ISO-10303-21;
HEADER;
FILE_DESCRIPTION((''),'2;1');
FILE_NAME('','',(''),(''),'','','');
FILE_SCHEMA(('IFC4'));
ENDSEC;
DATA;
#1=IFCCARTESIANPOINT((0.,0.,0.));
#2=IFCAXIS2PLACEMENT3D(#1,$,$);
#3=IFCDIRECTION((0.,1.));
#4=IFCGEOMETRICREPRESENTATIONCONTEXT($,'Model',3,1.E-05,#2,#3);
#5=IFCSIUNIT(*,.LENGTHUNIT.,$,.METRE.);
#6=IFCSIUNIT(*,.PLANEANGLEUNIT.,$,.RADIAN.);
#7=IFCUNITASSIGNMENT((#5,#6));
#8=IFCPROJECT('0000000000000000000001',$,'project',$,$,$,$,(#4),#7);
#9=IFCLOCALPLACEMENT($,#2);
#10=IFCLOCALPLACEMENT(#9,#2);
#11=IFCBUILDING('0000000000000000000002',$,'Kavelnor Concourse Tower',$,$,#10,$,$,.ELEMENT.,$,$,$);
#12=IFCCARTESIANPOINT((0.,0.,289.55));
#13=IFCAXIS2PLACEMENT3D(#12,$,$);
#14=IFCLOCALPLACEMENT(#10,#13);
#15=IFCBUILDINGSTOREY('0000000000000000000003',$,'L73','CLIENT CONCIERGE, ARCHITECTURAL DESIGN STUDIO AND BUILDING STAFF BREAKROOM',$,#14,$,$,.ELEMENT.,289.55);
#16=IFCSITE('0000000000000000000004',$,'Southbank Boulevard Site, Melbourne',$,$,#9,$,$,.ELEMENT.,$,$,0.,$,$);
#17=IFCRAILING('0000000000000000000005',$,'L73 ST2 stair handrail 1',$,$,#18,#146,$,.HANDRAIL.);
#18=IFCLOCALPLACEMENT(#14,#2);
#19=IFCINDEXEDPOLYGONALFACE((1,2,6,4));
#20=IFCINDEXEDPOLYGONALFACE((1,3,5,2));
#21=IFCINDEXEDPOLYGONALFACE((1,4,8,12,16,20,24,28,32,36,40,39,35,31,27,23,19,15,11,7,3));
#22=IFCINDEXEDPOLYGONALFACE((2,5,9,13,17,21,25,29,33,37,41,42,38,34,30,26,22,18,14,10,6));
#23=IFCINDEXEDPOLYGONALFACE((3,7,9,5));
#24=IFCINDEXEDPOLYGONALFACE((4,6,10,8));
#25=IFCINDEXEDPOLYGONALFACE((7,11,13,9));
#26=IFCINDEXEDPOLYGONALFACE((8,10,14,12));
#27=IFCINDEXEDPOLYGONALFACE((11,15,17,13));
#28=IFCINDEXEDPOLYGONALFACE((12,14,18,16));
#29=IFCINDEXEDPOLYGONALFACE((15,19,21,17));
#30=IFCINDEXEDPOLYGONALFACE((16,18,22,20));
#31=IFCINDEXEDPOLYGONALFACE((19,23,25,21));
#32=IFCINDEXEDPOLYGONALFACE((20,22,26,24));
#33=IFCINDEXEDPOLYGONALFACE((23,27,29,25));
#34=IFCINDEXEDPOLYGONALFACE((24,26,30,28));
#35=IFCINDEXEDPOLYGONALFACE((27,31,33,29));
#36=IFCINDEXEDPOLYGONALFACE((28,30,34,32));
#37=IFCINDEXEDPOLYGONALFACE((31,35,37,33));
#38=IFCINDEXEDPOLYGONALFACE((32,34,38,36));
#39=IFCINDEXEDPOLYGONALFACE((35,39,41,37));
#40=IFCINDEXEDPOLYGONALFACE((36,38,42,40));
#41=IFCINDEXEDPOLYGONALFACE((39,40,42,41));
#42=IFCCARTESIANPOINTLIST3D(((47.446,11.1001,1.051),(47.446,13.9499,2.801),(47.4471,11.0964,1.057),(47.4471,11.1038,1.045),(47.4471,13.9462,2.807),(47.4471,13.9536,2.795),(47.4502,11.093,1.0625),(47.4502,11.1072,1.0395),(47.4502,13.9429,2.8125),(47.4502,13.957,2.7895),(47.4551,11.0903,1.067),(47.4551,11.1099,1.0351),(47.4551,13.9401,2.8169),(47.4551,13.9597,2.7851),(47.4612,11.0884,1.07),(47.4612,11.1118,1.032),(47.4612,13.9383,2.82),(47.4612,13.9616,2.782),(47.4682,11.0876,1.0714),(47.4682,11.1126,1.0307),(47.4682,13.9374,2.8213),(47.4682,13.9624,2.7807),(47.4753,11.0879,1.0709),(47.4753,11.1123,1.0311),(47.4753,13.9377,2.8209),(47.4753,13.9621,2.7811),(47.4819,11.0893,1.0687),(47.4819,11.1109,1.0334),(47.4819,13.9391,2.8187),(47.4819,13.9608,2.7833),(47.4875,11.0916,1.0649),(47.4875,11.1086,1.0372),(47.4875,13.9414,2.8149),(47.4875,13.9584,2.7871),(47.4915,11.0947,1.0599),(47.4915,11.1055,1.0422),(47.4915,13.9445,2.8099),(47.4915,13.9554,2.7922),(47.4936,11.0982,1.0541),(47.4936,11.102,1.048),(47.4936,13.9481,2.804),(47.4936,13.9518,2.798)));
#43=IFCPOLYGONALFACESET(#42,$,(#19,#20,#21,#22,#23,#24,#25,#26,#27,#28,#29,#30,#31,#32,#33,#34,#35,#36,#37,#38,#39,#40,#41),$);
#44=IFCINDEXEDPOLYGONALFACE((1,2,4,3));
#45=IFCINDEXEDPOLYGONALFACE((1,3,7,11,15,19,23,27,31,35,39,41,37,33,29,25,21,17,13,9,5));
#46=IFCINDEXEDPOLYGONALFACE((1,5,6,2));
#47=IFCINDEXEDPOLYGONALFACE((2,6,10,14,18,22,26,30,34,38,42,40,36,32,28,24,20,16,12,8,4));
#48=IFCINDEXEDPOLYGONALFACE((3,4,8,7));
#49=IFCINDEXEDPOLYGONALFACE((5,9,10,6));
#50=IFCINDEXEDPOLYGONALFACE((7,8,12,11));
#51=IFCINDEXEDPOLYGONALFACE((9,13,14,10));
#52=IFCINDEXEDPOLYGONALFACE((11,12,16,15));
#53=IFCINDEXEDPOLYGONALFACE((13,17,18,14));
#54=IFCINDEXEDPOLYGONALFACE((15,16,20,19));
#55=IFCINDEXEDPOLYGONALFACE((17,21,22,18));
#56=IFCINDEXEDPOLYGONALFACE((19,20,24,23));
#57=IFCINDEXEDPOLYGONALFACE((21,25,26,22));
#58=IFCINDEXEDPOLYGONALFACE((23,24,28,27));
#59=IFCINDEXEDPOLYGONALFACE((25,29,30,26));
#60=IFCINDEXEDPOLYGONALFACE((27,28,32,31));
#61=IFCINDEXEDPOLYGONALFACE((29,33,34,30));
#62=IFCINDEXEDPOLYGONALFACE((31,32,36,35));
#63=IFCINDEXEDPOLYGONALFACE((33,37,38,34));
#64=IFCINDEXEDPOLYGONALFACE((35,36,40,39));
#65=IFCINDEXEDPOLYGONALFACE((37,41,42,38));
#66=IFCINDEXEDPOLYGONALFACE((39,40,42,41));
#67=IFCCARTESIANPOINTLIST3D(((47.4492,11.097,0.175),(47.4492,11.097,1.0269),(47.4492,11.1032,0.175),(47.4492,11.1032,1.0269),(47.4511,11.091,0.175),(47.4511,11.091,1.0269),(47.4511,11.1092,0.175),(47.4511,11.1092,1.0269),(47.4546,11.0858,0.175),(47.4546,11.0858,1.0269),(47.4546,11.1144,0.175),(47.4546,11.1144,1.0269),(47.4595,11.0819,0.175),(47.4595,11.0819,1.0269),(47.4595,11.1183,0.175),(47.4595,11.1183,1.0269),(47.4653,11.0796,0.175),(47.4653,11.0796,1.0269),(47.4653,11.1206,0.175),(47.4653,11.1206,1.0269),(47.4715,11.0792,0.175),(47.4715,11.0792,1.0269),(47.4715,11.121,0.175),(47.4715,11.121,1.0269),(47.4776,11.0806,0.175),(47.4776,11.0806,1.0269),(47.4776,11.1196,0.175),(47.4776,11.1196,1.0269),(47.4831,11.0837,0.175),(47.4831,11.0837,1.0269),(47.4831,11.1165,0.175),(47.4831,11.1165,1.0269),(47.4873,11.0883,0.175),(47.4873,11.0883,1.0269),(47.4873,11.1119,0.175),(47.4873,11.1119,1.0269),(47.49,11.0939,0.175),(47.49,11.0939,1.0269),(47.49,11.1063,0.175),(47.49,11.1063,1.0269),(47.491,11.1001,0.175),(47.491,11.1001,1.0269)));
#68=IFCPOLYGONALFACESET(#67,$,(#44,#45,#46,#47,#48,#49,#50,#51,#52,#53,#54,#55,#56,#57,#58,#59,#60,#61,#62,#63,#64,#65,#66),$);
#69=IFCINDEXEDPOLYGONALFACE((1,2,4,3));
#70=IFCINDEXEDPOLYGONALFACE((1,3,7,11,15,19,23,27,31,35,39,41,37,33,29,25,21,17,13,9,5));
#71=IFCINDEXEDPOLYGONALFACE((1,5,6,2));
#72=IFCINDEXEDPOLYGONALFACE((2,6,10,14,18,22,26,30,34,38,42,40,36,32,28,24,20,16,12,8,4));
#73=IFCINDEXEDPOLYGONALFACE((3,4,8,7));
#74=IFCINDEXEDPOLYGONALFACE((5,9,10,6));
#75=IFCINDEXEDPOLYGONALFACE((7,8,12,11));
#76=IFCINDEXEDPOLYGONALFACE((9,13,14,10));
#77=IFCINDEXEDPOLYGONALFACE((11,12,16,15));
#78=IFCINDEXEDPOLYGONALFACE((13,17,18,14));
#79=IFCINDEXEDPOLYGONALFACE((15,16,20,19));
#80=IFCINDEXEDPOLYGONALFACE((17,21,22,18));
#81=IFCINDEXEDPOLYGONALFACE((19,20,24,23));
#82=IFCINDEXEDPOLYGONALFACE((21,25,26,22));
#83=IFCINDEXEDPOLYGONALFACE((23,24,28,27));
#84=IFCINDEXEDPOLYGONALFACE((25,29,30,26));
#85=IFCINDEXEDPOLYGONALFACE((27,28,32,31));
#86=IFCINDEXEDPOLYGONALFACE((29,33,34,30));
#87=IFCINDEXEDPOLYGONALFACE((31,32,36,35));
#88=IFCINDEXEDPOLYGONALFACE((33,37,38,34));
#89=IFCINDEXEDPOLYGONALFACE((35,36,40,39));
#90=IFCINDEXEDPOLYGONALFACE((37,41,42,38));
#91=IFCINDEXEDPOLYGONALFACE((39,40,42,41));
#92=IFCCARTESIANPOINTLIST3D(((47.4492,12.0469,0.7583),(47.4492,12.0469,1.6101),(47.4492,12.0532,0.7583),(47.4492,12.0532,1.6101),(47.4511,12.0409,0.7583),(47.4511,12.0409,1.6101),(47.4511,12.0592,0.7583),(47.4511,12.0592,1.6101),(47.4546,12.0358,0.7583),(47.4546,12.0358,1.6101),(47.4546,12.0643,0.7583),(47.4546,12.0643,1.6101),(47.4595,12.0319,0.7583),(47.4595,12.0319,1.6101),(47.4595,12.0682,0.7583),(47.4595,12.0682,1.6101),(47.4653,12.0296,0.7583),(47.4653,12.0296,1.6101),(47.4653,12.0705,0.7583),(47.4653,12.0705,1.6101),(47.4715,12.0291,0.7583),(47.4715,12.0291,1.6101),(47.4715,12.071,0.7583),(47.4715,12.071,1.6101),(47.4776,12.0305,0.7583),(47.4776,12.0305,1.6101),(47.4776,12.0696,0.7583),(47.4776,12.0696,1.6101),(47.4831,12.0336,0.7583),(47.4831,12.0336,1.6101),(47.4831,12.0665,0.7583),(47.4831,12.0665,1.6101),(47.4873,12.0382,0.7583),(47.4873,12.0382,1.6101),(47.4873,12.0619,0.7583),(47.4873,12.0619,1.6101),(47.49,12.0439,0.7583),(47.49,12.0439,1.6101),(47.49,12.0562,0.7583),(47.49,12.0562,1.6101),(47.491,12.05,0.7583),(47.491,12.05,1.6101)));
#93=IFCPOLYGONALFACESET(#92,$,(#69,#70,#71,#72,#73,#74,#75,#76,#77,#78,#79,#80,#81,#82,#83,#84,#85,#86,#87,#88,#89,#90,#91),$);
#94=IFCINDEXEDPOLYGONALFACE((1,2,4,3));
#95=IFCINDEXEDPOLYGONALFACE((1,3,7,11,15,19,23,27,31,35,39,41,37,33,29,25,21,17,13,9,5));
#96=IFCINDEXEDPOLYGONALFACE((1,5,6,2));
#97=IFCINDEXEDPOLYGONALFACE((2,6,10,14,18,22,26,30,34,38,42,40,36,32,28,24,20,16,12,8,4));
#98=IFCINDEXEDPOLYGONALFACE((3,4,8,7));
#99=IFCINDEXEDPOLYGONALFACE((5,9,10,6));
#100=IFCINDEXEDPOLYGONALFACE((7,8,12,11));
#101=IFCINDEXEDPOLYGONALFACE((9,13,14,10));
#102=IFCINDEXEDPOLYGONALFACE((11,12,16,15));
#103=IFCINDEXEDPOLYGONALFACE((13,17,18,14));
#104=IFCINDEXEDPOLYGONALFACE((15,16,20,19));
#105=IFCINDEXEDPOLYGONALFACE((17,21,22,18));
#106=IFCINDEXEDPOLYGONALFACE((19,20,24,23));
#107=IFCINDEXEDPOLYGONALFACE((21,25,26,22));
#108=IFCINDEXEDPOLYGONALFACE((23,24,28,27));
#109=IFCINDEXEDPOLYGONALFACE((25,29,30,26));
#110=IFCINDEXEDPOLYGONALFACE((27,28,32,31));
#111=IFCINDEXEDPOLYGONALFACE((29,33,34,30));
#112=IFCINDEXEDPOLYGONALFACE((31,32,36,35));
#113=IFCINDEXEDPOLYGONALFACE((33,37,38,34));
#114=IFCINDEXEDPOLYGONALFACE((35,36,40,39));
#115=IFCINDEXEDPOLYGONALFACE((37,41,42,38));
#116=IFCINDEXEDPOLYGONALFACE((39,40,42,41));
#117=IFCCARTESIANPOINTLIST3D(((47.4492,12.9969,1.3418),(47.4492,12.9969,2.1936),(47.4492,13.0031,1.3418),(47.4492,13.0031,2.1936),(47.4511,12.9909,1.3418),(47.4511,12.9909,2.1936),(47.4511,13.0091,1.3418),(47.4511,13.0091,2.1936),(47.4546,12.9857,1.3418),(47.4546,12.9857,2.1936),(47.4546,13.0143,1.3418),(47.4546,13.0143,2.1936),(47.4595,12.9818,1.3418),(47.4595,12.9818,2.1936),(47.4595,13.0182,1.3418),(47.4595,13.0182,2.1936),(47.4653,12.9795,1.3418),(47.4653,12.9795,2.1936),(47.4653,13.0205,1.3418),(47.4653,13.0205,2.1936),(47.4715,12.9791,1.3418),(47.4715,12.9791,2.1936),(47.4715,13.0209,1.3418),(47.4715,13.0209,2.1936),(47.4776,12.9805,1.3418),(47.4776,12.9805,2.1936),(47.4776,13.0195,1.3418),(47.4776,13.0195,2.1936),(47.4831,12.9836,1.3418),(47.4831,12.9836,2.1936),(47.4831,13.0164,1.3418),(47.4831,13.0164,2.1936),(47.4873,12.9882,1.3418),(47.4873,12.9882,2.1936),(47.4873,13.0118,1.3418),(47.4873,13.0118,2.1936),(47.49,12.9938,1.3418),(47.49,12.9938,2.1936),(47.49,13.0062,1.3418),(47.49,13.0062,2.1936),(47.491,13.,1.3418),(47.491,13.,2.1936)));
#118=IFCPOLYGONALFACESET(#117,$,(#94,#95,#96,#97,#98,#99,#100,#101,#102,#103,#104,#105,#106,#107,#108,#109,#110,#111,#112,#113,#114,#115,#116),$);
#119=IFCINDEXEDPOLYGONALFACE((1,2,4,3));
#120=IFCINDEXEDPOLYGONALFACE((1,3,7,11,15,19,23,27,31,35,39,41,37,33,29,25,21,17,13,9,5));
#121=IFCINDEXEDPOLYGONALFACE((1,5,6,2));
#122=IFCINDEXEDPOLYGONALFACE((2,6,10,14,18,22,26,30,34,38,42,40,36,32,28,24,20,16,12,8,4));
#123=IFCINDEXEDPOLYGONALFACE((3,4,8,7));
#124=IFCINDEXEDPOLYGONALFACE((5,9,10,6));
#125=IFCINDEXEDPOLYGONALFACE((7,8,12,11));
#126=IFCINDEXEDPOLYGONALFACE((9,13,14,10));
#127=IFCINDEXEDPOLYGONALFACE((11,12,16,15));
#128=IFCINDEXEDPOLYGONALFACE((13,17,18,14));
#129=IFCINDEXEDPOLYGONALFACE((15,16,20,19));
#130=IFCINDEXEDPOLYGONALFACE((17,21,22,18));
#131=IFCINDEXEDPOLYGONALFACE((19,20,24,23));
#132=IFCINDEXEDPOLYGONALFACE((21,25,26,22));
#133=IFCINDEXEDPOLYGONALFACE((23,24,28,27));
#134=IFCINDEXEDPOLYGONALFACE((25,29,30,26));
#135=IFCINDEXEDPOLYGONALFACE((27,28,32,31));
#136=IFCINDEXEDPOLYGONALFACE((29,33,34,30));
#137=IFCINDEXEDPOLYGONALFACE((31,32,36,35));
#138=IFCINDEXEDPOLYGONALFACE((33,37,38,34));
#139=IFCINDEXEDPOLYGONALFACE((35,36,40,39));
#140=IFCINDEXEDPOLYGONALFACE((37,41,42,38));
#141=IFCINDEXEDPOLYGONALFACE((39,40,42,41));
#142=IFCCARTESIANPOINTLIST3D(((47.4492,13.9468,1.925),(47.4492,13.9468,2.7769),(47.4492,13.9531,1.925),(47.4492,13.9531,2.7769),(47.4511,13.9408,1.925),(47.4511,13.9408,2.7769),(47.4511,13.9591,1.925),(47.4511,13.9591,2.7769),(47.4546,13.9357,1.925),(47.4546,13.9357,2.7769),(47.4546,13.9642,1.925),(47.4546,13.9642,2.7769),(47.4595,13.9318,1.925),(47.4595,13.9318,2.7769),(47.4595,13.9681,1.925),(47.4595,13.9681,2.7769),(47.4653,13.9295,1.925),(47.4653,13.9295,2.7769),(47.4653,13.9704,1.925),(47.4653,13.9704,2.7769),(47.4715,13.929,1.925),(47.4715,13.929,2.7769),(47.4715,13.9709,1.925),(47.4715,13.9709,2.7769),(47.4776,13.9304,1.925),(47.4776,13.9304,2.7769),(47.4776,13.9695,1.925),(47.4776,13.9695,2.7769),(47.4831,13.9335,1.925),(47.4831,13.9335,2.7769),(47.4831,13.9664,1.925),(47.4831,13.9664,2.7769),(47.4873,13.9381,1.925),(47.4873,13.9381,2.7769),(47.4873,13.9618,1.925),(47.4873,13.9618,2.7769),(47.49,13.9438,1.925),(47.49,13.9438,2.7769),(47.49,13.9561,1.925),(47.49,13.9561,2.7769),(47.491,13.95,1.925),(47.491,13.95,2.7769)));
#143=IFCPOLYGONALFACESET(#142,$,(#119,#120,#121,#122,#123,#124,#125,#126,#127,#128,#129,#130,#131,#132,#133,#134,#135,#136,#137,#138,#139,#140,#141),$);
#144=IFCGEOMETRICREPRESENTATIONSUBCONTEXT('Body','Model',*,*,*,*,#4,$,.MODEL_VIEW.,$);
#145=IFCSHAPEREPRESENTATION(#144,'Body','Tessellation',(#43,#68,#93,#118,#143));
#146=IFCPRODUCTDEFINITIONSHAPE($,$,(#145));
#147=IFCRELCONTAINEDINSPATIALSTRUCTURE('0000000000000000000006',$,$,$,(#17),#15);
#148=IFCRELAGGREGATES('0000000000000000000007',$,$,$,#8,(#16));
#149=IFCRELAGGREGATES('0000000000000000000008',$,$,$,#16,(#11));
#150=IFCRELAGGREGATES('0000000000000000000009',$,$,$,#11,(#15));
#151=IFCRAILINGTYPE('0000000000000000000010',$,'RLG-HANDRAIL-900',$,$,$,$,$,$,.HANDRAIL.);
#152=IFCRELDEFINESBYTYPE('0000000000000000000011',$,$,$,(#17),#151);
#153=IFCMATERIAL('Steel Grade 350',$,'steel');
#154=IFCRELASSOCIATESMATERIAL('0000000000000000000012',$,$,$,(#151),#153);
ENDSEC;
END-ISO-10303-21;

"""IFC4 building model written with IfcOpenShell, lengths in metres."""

from ifc_helpers import new_model, si_unit, direction, frame, origin, origin_2d, place, context, subcontext, project, spatial, circle, extrude, material, type_object, element, save


model = new_model("IFC4")

# Units and contexts
model_context = context("Model", 3, precision=1e-05, world=origin(), true_north=direction((0.0, 1.0)))
body_context = subcontext(model_context, "Body", "Model", "MODEL_VIEW")
ifc_project = project(units=[si_unit("LENGTHUNIT", "METRE"), si_unit("PLANEANGLEUNIT", "RADIAN")], contexts=[model_context])

# Site, building, storey
site_placement = place(None, origin())
site = spatial("IfcSite", under=ifc_project, at=site_placement, Name="Southbank Boulevard Site, Melbourne", CompositionType="ELEMENT", RefElevation=0.0)
building_placement = place(site_placement, origin())
building = spatial("IfcBuilding", under=site, at=building_placement, Name="Kavelnor Concourse Tower", CompositionType="ELEMENT")
storey_placement = place(building_placement, frame((0.0, 0.0, 289.55)))
storey = spatial("IfcBuildingStorey", under=building, at=storey_placement, Name="L73", Description="CLIENT CONCIERGE, ARCHITECTURAL DESIGN STUDIO AND BUILDING STAFF BREAKROOM", CompositionType="ELEMENT", Elevation=289.55)

# Shared definitions
ifc_material_1 = material(Name="Steel Grade 350", Category="steel")

# Railing
railing_type_1 = type_object("IfcRailingType", Name="RLG-HANDRAIL-900", PredefinedType="HANDRAIL", material=ifc_material_1)
railing_1_placement = place(storey_placement, frame((47.47, 11.1001, 0.175)))
element("IfcRailing", 1, at=railing_1_placement, inside=storey, type_object=railing_type_1, Name="L73 ST2 stair handrail 1", PredefinedType="HANDRAIL", context=body_context, shape_type="SweptSolid", body=[
    extrude(circle(Radius=0.0239, at=origin_2d()), frame((0.0, 0.0, 0.876), z_axis=(0.0, 0.852159, 0.523283), x_axis=(-1.0, 0.0, 0.0)), (0.0, 0.0, 1.0), 3.3442),
    extrude(circle(Radius=0.021, at=origin_2d()), origin(), (0.0, 0.0, 1.0), 0.8518),
    extrude(circle(Radius=0.021, at=origin_2d()), frame((0.0, 0.95, 0.5833)), (0.0, 0.0, 1.0), 0.8518),
    extrude(circle(Radius=0.021, at=origin_2d()), frame((0.0, 1.8999, 1.1667)), (0.0, 0.0, 1.0), 0.8518),
    extrude(circle(Radius=0.021, at=origin_2d()), frame((0.0, 2.8499, 1.75)), (0.0, 0.0, 1.0), 0.8518),
])

save(model, "model.ifc")
